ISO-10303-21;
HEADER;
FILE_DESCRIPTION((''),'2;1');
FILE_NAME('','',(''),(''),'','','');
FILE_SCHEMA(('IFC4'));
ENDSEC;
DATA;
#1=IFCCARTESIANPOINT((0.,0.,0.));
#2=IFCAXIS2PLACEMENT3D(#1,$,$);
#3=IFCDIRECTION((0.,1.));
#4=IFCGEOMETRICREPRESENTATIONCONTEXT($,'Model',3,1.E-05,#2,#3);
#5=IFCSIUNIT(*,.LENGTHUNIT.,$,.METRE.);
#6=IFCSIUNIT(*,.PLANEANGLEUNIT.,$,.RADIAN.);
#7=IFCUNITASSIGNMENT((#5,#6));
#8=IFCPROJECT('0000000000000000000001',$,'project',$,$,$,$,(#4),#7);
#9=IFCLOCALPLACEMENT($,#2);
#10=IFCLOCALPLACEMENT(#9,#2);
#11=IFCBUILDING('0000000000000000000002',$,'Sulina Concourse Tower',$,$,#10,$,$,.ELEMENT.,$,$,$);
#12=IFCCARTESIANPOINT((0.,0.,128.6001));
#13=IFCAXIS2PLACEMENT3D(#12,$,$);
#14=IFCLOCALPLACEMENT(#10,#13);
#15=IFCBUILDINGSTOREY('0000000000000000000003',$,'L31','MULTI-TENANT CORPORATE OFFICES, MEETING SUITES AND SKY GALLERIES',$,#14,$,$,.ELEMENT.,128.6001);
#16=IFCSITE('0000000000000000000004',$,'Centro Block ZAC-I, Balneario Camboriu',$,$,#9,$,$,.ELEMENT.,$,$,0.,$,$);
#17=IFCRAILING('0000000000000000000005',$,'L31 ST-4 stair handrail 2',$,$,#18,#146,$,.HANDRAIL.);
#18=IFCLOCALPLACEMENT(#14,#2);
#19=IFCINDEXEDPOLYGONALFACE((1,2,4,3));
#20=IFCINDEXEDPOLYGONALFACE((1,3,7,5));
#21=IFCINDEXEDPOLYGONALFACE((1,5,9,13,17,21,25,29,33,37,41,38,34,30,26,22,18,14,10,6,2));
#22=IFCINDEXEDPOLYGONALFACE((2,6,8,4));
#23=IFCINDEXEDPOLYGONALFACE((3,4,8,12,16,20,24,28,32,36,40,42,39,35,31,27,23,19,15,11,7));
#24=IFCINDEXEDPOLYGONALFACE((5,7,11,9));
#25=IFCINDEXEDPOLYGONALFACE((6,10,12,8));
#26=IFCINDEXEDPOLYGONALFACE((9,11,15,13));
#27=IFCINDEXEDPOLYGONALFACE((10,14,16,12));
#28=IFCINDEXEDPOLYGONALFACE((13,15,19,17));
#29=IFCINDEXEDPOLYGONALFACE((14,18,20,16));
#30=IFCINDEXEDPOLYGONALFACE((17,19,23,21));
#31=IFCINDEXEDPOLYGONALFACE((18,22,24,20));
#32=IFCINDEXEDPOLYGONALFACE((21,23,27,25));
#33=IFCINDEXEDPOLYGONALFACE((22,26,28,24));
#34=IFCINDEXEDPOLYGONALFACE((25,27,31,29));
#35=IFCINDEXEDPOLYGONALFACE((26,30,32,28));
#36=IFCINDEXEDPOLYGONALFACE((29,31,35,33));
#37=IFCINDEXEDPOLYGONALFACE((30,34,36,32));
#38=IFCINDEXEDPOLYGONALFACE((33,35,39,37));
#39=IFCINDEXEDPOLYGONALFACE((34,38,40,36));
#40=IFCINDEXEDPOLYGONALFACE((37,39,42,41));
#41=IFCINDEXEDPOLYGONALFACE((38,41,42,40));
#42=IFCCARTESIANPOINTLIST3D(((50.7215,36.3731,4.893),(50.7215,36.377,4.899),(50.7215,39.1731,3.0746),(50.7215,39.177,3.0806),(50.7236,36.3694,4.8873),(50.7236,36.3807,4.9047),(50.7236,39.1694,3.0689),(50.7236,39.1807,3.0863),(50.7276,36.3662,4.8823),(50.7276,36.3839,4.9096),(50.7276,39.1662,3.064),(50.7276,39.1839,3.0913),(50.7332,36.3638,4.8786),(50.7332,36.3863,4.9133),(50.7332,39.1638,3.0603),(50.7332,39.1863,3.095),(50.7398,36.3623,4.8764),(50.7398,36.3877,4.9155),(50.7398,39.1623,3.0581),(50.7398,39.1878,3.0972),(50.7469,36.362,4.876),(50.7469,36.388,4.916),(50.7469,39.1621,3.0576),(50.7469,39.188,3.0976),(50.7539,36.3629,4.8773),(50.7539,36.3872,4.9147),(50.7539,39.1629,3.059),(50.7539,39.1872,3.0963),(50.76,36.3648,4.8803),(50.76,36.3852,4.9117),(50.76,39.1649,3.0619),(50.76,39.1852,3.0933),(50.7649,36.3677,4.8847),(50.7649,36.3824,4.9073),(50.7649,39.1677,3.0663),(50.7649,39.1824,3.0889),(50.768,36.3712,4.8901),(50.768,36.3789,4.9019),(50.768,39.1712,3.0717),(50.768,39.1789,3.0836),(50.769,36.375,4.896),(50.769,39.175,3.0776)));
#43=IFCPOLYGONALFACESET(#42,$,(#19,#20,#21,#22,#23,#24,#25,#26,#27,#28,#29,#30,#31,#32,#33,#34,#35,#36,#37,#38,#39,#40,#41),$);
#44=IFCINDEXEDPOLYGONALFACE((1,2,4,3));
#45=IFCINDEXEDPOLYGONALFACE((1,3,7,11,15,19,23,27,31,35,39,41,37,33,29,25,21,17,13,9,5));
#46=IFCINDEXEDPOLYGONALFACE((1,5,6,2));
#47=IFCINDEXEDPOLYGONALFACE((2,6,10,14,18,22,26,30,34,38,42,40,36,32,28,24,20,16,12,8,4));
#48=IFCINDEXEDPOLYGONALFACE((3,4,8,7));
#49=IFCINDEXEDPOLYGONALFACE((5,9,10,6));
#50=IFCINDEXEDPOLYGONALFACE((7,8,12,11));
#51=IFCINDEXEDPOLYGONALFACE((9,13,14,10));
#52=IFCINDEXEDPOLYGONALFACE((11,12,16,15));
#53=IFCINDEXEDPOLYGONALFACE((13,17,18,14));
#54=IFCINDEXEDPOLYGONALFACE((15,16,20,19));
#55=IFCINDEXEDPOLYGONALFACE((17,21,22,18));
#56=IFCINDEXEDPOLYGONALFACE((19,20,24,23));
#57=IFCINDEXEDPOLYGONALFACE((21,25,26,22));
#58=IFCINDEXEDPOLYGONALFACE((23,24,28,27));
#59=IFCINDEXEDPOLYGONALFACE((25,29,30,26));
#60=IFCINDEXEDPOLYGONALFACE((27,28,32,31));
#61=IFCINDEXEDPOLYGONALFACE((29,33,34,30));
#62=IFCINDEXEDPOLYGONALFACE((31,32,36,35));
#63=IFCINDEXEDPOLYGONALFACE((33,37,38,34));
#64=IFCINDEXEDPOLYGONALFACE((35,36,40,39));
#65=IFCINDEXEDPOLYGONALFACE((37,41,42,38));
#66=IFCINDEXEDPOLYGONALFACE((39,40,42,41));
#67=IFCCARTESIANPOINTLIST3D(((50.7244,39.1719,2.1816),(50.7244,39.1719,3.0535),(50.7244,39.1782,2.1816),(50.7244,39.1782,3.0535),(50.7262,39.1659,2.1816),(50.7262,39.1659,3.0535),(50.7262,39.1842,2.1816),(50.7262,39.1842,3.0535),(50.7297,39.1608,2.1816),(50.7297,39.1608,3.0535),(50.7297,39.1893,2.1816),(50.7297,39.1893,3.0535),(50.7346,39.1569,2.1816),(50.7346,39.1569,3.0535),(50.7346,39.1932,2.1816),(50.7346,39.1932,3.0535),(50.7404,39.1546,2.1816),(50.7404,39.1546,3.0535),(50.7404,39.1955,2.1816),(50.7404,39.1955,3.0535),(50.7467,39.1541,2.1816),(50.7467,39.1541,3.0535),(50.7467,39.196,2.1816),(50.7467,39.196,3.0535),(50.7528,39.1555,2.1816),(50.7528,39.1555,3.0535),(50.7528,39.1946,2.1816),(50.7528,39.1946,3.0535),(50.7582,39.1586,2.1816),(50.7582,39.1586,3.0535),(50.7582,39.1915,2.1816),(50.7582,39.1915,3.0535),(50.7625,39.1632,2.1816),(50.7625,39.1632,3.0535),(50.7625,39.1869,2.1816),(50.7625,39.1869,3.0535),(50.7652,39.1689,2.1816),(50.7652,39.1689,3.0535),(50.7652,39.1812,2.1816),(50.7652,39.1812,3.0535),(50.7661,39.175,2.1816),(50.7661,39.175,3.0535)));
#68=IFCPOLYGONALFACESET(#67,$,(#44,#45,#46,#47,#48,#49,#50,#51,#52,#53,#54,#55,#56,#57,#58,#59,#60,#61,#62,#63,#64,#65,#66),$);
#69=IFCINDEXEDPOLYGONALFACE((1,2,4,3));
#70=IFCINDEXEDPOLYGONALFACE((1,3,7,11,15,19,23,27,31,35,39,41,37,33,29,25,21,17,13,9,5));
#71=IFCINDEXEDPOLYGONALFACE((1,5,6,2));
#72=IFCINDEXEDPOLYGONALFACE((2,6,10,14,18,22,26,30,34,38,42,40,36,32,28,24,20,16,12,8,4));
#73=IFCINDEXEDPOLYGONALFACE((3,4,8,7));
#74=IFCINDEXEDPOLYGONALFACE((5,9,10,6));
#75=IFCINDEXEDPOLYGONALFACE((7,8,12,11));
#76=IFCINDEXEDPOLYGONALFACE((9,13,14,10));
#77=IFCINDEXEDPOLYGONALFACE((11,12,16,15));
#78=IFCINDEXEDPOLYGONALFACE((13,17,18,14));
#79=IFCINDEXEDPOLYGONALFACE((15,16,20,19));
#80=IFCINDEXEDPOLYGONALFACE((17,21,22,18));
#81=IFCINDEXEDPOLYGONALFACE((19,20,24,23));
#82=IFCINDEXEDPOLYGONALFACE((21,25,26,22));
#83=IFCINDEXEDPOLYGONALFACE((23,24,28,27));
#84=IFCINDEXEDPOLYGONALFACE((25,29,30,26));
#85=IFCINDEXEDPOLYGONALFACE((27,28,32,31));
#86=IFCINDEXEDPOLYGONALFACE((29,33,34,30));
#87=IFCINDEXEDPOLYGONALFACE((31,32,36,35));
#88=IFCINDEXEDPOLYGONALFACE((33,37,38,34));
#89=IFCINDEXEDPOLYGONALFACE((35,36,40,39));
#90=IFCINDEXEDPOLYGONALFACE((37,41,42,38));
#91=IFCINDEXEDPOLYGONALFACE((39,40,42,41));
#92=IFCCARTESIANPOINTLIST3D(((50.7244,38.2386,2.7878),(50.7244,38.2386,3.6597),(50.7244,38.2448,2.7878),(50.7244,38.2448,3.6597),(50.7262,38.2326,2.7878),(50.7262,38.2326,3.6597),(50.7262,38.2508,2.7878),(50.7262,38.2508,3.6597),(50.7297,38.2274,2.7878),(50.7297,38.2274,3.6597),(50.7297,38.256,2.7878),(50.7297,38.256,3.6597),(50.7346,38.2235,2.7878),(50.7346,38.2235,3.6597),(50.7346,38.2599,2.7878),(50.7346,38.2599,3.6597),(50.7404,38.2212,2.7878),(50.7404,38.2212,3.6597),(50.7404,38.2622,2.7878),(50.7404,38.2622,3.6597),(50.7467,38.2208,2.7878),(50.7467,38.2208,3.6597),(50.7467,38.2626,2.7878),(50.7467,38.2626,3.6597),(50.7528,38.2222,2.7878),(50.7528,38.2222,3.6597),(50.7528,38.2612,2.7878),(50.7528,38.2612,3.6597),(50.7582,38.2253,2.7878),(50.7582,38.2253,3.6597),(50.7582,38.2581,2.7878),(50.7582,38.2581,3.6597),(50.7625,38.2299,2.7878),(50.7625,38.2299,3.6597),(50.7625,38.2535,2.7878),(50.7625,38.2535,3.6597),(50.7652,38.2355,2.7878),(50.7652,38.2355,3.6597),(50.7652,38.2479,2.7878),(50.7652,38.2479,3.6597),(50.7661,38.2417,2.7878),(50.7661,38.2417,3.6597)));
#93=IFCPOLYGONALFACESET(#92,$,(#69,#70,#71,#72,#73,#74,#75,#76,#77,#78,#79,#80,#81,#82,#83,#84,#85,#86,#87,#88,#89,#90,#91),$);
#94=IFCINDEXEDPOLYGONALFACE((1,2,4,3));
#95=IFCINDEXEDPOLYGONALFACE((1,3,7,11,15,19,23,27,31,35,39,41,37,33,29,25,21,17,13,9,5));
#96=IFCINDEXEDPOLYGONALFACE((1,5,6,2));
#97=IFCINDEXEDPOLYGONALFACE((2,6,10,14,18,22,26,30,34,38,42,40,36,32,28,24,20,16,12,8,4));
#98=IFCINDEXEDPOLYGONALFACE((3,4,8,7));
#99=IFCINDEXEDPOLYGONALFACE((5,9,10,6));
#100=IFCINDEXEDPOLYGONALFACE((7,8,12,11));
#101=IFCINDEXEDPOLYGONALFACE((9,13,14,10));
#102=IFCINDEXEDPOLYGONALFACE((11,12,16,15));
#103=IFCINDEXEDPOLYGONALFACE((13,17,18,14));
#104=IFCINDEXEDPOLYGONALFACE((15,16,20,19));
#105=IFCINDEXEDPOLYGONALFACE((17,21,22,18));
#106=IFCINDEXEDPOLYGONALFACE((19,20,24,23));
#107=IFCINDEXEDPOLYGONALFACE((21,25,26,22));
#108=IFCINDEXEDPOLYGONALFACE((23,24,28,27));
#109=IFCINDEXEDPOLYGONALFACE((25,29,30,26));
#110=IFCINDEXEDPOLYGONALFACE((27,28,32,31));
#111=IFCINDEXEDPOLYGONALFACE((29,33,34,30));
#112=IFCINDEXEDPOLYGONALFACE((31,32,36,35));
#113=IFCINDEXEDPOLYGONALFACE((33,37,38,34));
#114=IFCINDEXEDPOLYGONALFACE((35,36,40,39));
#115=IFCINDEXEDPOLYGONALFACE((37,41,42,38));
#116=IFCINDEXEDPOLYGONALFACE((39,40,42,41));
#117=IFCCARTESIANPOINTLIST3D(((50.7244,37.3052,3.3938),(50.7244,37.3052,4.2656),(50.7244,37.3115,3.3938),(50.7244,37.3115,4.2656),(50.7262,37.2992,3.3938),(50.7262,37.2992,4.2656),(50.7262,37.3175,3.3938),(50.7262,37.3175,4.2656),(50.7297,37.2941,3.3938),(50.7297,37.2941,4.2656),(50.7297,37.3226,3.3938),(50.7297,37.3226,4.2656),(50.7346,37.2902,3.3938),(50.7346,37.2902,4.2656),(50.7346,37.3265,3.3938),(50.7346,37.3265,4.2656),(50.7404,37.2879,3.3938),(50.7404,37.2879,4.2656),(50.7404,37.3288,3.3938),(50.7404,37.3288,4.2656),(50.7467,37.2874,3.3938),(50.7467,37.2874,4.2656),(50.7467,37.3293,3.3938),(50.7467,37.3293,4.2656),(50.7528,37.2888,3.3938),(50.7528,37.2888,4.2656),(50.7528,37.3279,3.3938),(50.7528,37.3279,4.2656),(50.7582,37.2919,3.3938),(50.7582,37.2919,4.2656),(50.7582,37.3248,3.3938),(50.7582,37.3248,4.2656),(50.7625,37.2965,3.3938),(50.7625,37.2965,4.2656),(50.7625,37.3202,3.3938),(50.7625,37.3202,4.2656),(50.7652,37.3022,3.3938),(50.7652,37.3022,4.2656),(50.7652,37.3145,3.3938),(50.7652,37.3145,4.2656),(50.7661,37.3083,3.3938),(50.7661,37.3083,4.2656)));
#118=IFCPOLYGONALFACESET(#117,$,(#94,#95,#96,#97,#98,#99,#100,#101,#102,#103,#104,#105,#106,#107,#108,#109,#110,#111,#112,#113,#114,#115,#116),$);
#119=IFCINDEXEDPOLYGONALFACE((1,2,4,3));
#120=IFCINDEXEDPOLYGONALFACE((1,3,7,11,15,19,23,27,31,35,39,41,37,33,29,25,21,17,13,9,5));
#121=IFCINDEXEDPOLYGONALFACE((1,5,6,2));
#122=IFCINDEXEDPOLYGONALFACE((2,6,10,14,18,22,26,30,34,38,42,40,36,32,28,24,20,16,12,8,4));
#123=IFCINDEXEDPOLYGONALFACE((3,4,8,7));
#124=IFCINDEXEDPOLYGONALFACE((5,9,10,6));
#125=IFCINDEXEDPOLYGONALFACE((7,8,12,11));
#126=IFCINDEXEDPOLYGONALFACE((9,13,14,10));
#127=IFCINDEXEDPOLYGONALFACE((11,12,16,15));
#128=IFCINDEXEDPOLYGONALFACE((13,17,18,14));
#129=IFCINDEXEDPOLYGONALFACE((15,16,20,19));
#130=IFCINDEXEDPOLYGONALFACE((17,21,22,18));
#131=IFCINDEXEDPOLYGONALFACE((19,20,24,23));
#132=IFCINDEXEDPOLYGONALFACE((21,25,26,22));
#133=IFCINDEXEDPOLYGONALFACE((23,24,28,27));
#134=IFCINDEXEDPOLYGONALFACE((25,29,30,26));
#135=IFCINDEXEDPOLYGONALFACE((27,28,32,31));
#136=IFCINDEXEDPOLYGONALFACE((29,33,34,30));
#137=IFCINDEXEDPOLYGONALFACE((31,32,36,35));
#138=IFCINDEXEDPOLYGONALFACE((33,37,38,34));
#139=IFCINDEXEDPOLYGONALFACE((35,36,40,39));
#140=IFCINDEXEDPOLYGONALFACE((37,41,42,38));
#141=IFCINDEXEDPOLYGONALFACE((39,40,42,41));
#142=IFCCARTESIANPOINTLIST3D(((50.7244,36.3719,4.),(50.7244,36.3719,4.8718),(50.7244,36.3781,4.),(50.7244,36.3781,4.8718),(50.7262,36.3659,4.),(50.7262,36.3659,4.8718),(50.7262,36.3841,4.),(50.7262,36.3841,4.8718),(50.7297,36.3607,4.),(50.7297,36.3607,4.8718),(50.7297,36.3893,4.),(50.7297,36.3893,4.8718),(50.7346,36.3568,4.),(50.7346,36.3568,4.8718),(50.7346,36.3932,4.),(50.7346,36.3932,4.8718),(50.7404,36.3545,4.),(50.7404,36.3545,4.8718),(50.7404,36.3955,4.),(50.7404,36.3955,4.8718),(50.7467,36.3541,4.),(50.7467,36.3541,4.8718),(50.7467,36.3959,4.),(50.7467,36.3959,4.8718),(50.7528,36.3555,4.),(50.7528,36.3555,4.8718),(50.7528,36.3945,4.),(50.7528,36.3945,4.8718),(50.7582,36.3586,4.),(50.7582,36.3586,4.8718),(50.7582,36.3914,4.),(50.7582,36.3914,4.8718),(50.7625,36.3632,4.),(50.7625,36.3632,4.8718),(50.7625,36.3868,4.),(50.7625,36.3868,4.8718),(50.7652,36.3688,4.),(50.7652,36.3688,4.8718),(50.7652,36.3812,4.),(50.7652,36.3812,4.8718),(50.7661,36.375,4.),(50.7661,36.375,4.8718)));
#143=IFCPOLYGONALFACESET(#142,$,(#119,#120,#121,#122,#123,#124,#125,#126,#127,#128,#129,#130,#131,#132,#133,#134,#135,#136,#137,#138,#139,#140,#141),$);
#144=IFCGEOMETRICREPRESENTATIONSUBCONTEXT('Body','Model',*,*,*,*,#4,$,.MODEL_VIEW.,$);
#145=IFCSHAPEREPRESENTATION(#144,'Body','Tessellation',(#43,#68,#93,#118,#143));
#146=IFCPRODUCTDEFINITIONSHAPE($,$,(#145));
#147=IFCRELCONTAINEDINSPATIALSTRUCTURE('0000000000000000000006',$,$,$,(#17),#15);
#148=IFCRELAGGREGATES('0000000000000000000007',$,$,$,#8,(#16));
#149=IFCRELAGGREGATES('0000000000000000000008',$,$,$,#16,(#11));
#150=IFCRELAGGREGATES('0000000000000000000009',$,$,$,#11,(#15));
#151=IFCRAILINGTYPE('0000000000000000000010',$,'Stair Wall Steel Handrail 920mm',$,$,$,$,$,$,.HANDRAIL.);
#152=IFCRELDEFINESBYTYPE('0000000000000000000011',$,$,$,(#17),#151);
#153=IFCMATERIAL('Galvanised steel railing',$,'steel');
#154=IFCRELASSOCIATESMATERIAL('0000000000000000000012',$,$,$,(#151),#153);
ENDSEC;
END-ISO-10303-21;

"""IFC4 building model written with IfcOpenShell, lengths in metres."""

from ifc_helpers import new_model, si_unit, direction, frame, origin, origin_2d, place, context, subcontext, project, spatial, circle, extrude, material, type_object, element, save


model = new_model("IFC4")

# Units and contexts
model_context = context("Model", 3, precision=1e-05, world=origin(), true_north=direction((0.0, 1.0)))
body_context = subcontext(model_context, "Body", "Model", "MODEL_VIEW")
ifc_project = project(units=[si_unit("LENGTHUNIT", "METRE"), si_unit("PLANEANGLEUNIT", "RADIAN")], contexts=[model_context])

# Site, building, storey
site_placement = place(None, origin())
site = spatial("IfcSite", under=ifc_project, at=site_placement, Name="Centro Block ZAC-I, Balneario Camboriu", CompositionType="ELEMENT", RefElevation=0.0)
building_placement = place(site_placement, origin())
building = spatial("IfcBuilding", under=site, at=building_placement, Name="Sulina Concourse Tower", CompositionType="ELEMENT")
storey_placement = place(building_placement, frame((0.0, 0.0, 128.6001)))
storey = spatial("IfcBuildingStorey", under=building, at=storey_placement, Name="L31", Description="MULTI-TENANT CORPORATE OFFICES, MEETING SUITES AND SKY GALLERIES", CompositionType="ELEMENT", Elevation=128.6001)

# Railing
ifc_material_1 = material(Name="Galvanised steel railing", Category="steel")
railing_type_1 = type_object("IfcRailingType", Name="Stair Wall Steel Handrail 920mm", PredefinedType="HANDRAIL", material=ifc_material_1)
railing_1_placement = place(storey_placement, frame((50.7451, 39.175, 2.1816)))
element("IfcRailing", 1, at=railing_1_placement, inside=storey, type_object=railing_type_1, Name="L31 ST-4 stair handrail 2", PredefinedType="HANDRAIL", context=body_context, shape_type="SweptSolid", body=[
    extrude(circle(Radius=0.0239, at=origin_2d()), frame((0.0, 0.0, 0.896), z_axis=(0.0, -0.838672, 0.544636), x_axis=(1.0, 0.0, 0.0)), (0.0, 0.0, 1.0), 3.3386),
    extrude(circle(Radius=0.021, at=origin_2d()), origin(), (0.0, 0.0, 1.0), 0.8718),
    extrude(circle(Radius=0.021, at=origin_2d()), frame((0.0, -0.9333, 0.6062)), (0.0, 0.0, 1.0), 0.8718),
    extrude(circle(Radius=0.021, at=origin_2d()), frame((0.0, -1.8667, 1.2122)), (0.0, 0.0, 1.0), 0.8718),
    extrude(circle(Radius=0.021, at=origin_2d()), frame((0.0, -2.8, 1.8184)), (0.0, 0.0, 1.0), 0.8718),
])

save(model, "model.ifc")
